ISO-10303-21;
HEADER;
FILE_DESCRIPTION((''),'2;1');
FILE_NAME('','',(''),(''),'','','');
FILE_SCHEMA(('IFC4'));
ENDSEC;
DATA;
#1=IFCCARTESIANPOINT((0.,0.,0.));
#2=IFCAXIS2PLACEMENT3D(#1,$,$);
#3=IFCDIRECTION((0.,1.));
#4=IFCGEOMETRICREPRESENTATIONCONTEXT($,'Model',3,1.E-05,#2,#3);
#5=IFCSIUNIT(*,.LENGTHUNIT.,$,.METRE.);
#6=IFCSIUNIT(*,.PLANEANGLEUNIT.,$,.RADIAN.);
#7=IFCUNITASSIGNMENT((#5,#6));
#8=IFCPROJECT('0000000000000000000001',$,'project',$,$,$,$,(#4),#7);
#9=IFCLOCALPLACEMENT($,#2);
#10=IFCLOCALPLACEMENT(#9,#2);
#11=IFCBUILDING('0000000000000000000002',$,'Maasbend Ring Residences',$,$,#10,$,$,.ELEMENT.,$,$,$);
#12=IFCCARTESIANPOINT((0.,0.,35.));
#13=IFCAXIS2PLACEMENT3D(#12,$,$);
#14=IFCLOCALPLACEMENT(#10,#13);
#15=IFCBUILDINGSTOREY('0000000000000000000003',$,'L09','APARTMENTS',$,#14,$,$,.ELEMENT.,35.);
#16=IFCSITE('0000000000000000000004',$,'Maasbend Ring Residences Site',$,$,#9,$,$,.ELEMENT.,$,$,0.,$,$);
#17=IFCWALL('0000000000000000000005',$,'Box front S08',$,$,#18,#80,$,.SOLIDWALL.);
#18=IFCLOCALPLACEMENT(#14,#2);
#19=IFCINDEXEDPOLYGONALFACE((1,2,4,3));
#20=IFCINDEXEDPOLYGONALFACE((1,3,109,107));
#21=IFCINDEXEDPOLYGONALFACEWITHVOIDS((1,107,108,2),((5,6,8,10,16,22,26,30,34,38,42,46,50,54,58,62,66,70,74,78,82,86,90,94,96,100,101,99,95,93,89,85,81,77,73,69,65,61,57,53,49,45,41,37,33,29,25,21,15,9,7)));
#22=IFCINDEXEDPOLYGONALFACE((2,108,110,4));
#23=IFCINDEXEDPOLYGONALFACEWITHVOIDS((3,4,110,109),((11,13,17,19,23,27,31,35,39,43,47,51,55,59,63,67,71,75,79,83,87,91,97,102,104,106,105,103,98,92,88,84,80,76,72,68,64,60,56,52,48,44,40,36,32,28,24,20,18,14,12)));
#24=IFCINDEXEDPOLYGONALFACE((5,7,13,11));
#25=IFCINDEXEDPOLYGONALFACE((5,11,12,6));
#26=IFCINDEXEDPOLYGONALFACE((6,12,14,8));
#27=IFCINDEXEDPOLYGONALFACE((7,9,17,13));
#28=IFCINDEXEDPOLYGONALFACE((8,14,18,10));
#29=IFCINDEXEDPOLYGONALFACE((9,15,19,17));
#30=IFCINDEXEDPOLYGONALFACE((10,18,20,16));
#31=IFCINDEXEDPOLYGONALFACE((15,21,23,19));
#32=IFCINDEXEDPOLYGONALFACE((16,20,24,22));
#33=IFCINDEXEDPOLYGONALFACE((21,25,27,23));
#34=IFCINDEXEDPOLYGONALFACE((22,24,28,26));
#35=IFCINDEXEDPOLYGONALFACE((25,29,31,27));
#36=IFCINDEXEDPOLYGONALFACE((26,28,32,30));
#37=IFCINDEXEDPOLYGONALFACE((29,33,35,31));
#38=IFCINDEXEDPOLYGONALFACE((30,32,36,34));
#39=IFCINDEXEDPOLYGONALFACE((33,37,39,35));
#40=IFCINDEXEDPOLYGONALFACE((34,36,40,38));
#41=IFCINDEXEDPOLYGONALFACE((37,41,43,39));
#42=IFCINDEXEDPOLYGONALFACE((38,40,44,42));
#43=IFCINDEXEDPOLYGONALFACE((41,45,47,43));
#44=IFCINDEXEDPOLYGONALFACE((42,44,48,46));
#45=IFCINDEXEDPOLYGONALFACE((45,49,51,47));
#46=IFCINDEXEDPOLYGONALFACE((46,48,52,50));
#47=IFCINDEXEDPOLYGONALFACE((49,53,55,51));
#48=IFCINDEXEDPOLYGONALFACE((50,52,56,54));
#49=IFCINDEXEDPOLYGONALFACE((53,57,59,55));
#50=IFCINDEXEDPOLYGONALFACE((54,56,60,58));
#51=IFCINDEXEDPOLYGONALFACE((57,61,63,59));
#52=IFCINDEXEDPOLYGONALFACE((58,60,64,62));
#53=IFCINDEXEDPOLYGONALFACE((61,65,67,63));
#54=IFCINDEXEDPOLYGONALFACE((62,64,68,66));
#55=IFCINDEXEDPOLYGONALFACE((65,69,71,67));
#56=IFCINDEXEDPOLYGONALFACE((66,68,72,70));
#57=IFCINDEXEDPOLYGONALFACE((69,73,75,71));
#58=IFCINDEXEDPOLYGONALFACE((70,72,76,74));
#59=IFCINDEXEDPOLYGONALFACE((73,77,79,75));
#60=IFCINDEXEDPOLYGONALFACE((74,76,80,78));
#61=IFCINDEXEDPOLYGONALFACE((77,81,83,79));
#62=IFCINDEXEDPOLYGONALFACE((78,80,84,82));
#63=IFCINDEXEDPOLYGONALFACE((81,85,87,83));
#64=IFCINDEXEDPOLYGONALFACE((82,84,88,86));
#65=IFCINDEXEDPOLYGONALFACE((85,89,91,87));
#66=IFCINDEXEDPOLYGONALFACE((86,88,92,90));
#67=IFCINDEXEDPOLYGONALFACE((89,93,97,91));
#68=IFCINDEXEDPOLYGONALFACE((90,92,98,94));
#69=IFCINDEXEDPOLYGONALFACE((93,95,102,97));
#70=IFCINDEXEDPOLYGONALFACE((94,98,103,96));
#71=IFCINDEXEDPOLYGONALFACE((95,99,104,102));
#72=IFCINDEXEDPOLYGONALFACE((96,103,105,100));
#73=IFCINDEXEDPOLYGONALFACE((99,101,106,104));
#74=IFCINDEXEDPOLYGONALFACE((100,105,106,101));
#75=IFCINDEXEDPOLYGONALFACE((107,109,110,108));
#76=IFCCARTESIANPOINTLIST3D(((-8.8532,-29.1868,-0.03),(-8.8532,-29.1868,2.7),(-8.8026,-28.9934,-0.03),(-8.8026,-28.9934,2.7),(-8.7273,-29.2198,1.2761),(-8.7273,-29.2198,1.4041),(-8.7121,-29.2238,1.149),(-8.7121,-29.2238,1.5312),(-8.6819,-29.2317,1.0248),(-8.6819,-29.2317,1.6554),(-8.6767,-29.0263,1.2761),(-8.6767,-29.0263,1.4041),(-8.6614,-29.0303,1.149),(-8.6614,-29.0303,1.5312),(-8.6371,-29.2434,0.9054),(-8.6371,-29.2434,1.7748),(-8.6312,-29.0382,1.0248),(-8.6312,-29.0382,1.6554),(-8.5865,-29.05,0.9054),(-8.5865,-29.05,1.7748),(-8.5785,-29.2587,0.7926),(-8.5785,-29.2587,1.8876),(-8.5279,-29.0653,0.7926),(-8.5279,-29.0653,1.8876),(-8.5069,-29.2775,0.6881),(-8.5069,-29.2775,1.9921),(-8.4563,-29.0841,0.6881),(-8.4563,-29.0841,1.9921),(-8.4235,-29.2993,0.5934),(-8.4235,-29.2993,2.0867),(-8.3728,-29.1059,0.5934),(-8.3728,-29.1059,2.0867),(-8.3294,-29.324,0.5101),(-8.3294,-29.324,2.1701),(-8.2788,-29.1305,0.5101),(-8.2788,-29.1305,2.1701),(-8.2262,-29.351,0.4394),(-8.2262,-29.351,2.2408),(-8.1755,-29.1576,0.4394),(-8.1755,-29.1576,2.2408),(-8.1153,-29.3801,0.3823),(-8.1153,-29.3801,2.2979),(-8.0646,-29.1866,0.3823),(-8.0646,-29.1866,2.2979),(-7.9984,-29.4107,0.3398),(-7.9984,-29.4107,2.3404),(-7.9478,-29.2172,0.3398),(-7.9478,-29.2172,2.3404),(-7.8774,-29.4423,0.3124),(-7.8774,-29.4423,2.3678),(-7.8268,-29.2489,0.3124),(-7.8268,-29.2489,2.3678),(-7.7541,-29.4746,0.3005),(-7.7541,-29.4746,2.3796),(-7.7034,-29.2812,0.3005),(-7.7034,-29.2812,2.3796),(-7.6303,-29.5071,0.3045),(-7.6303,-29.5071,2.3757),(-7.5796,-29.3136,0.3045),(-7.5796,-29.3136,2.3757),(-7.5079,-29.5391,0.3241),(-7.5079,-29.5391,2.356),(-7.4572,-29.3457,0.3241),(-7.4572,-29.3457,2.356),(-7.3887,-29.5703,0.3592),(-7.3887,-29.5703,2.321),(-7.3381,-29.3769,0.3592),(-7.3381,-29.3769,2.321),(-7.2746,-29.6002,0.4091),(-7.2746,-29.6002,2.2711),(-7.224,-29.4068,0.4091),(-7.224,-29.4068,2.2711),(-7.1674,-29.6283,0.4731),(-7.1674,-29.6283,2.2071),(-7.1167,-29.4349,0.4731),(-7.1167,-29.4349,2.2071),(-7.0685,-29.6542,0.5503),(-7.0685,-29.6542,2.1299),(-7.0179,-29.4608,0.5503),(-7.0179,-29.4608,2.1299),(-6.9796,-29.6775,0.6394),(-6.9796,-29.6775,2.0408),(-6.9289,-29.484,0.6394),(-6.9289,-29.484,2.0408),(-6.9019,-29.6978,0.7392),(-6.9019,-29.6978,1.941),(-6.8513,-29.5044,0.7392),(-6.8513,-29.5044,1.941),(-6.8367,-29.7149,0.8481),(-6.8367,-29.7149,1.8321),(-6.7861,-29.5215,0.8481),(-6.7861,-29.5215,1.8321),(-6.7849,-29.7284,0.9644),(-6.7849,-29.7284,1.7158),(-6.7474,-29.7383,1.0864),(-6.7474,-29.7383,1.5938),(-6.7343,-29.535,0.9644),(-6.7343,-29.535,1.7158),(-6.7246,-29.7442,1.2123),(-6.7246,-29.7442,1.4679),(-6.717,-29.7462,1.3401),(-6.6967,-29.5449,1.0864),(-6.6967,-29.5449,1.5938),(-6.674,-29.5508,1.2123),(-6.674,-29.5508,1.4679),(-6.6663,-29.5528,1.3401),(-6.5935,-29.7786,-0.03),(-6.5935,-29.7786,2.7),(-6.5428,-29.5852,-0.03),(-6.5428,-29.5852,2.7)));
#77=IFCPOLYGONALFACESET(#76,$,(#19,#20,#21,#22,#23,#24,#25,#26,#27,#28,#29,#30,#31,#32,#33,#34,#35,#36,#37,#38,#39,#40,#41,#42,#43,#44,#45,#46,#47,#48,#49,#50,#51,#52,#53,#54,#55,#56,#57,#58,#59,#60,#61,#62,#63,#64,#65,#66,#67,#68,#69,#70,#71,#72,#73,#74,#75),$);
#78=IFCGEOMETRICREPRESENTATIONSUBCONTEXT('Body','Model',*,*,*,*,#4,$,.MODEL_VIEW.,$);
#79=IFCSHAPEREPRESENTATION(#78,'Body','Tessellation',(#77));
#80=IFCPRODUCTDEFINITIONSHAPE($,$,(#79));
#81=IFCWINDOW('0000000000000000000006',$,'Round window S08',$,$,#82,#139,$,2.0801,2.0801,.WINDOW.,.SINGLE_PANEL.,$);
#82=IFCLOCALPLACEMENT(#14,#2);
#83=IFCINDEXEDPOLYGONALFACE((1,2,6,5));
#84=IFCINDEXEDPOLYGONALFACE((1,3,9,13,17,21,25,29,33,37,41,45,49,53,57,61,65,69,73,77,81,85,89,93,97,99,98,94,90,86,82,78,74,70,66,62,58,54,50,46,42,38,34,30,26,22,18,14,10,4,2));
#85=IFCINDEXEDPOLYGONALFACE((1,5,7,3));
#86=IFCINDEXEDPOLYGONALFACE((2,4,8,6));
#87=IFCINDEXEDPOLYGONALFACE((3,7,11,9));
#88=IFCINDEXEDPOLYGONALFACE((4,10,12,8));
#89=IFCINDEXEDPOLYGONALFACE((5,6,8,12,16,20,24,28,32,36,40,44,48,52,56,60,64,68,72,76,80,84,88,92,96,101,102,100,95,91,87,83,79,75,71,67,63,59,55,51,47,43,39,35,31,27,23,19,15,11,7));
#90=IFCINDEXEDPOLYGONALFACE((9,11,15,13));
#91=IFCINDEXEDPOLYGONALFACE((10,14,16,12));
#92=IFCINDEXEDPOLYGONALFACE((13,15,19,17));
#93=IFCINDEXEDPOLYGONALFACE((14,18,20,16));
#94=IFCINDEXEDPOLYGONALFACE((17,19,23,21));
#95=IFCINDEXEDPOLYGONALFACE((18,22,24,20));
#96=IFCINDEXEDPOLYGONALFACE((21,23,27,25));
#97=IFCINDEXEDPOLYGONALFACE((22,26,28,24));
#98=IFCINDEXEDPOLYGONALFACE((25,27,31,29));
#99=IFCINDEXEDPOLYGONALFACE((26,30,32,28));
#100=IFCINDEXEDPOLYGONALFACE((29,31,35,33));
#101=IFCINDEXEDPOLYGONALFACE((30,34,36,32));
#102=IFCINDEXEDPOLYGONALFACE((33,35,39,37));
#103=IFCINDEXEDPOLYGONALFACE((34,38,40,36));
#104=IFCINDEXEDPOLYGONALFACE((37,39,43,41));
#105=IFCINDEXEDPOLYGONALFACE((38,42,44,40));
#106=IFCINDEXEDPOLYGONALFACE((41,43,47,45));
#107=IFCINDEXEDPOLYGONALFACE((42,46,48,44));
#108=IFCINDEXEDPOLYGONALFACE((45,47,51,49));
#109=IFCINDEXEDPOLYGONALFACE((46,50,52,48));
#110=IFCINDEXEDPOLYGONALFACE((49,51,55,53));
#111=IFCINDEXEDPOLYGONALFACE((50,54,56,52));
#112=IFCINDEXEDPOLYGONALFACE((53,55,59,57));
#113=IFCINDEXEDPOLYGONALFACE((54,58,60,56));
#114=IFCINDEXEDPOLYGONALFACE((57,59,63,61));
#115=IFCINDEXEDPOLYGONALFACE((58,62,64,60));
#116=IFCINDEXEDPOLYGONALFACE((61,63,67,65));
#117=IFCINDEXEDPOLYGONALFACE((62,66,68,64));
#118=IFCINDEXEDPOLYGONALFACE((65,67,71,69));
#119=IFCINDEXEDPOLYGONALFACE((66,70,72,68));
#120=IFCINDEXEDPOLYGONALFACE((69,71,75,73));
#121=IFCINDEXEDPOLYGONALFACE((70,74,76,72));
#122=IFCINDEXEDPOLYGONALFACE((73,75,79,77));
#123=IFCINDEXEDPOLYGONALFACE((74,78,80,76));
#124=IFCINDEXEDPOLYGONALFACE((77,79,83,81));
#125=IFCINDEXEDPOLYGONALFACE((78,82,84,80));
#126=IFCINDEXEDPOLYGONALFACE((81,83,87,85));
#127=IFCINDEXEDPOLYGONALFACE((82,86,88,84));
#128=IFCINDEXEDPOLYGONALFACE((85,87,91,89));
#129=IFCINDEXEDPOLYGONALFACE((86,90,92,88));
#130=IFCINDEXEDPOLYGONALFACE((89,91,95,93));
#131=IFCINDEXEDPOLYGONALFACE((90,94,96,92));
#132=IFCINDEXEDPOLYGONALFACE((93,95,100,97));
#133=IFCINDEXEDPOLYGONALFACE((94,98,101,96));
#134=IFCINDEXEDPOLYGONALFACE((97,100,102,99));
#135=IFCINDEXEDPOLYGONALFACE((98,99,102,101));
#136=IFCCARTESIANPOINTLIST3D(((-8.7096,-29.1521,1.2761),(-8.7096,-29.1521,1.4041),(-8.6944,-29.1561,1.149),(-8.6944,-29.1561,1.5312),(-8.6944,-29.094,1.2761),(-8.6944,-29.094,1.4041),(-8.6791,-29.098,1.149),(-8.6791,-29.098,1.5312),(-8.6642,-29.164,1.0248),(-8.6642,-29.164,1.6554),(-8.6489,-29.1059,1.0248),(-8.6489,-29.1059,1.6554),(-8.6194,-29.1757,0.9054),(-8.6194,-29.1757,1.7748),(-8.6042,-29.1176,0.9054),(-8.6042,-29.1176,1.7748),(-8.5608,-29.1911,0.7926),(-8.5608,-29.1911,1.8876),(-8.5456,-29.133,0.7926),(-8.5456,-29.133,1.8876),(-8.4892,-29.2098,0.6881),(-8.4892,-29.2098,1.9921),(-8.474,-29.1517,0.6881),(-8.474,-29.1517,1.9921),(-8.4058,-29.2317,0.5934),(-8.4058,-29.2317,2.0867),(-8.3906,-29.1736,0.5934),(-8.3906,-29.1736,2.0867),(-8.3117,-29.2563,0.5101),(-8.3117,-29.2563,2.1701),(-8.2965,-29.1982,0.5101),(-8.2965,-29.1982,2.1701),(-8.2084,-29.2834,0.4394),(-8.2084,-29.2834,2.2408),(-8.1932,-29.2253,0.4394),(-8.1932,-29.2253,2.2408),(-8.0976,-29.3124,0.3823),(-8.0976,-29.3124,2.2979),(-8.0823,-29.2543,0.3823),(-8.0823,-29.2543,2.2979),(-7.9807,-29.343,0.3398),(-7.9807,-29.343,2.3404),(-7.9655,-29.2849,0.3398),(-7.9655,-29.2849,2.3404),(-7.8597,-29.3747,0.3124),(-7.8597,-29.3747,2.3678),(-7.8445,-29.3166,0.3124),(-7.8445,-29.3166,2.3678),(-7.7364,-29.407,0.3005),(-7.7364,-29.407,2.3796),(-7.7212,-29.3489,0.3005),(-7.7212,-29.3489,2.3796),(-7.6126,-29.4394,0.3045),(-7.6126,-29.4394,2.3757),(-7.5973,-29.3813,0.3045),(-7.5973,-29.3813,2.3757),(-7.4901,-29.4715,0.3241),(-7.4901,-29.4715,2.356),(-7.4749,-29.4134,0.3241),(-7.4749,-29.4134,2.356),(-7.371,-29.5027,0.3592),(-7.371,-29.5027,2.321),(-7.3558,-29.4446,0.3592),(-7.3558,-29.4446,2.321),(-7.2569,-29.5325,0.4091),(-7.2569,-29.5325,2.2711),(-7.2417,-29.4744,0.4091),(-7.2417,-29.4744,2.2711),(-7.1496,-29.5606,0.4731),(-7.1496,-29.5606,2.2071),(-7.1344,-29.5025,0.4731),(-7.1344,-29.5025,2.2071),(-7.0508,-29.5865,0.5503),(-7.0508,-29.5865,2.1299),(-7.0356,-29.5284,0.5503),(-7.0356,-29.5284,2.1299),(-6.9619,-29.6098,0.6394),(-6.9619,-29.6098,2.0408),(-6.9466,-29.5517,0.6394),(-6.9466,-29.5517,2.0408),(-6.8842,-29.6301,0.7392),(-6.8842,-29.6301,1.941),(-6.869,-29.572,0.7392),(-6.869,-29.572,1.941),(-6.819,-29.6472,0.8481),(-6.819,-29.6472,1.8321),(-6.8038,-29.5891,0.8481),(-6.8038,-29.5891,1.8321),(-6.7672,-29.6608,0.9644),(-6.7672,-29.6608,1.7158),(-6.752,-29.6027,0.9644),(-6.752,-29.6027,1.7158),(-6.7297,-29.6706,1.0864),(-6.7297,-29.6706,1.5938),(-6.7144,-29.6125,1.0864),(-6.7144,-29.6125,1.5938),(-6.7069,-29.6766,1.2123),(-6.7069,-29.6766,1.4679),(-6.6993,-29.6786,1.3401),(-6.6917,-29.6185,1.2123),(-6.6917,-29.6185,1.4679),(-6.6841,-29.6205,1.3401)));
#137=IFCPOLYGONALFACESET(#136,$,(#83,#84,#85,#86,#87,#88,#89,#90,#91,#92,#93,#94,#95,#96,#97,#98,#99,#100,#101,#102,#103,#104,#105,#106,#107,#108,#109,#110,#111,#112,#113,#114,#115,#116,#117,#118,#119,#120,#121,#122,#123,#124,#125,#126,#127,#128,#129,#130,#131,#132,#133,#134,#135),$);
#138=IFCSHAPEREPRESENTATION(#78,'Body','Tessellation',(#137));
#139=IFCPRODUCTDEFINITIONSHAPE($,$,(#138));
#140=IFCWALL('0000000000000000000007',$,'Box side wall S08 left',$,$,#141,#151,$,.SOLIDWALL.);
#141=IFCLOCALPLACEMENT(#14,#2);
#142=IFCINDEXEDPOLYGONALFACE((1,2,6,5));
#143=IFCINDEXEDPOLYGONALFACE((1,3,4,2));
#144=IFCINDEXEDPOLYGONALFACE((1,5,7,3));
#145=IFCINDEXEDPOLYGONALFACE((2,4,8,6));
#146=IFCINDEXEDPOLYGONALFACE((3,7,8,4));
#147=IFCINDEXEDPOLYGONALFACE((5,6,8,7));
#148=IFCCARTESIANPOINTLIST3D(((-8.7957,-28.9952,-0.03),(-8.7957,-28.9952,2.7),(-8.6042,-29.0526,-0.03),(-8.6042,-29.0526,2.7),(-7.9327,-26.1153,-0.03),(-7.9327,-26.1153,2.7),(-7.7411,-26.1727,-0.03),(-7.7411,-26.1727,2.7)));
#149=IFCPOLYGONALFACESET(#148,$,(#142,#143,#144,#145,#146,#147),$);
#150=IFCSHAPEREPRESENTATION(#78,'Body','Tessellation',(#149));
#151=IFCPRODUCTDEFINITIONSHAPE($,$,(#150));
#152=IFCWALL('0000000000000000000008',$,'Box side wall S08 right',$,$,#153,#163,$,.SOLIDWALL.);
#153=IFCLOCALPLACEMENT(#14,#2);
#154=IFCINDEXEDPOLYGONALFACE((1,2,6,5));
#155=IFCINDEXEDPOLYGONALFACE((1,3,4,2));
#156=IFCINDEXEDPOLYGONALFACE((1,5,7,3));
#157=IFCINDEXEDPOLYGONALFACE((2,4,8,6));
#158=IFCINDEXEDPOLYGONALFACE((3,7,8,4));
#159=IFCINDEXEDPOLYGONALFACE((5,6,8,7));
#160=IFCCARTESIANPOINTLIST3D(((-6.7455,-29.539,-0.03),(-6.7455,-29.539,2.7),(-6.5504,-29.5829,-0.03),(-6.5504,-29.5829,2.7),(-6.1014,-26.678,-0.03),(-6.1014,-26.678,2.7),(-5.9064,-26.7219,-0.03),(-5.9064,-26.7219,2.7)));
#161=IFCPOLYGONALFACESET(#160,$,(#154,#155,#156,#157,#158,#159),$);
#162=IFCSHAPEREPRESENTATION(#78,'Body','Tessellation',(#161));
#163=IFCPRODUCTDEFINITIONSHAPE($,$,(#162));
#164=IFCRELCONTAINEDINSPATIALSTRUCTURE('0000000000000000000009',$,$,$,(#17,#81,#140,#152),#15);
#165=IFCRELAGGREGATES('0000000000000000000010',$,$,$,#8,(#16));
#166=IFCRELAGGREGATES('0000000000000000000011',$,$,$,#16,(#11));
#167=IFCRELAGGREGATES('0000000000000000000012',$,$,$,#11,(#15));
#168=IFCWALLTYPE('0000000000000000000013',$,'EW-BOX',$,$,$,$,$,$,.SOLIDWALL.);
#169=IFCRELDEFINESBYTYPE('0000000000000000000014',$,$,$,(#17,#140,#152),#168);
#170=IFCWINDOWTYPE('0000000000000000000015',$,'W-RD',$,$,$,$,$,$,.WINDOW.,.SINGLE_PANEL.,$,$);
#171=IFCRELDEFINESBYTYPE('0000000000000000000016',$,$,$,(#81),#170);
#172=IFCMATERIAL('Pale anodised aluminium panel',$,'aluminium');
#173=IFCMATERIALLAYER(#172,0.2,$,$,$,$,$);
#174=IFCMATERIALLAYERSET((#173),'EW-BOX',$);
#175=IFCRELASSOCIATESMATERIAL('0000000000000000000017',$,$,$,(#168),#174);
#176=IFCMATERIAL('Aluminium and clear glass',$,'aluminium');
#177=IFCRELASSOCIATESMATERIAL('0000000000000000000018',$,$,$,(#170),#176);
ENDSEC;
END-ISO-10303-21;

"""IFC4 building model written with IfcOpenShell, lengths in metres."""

from ifc_helpers import new_model, si_unit, direction, frame, frame_2d, origin, place, context, subcontext, project, spatial, rectangle, circle, extrude, material, layer, layer_set, type_object, element, fill, save


model = new_model("IFC4")

# Units and contexts
model_context = context("Model", 3, precision=1e-05, world=origin(), true_north=direction((0.0, 1.0)))
body_context = subcontext(model_context, "Body", "Model", "MODEL_VIEW")
ifc_project = project(units=[si_unit("LENGTHUNIT", "METRE"), si_unit("PLANEANGLEUNIT", "RADIAN")], contexts=[model_context])

# Site, building, storey
site_placement = place(None, origin())
site = spatial("IfcSite", under=ifc_project, at=site_placement, Name="Maasbend Ring Residences Site", CompositionType="ELEMENT", RefElevation=0.0)
building_placement = place(site_placement, origin())
building = spatial("IfcBuilding", under=site, at=building_placement, Name="Maasbend Ring Residences", CompositionType="ELEMENT")
storey_placement = place(building_placement, frame((0.0, 0.0, 35.0)))
storey = spatial("IfcBuildingStorey", under=building, at=storey_placement, Name="L09", Description="APARTMENTS", CompositionType="ELEMENT", Elevation=35.0)

# Wall, opening, window
ifc_material_1 = material(Name="Pale anodised aluminium panel", Category="aluminium")
ifc_layer_1 = layer(ifc_material_1, 0.2)
ifc_layer_set_1 = layer_set([ifc_layer_1], Name="EW-BOX")
wall_type_1 = type_object("IfcWallType", Name="EW-BOX", PredefinedType="SOLIDWALL", material=ifc_layer_set_1)
wall_1_placement = place(storey_placement, frame((-8.8279, -29.0901, -0.03), z_axis=(0.0, 0.0, 1.0), x_axis=(0.967377, -0.253341, 0.0)))
wall_1 = element("IfcWall", 1, at=wall_1_placement, inside=storey, type_object=wall_type_1, Name="Box front S08", PredefinedType="SOLIDWALL", context=body_context, shape_type="SweptSolid", body=[
    extrude(rectangle(XDim=2.3359, YDim=0.2, at=frame_2d((1.168, 0.0))), origin(), (0.0, 0.0, 1.0), 2.73),
])
opening_1_placement = place(wall_1_placement, frame((0.1282, 0.0, 0.3301)))
opening_1 = element("IfcOpeningElement", 2, at=opening_1_placement, cuts=wall_1, PredefinedType="OPENING", context=body_context, shape_type="SweptSolid", body=[
    extrude(circle(Radius=1.04, at=frame_2d((1.04, 1.04))), frame((0.0, 0.1099, 0.0), z_axis=(0.0, -1.0, 0.0), x_axis=(1.0, 0.0, 0.0)), (0.0, 0.0, 1.0), 0.22),
])
ifc_material_2 = material(Name="Aluminium and clear glass", Category="aluminium")
window_type_1 = type_object("IfcWindowType", Name="W-RD", PartitioningType="SINGLE_PANEL", PredefinedType="WINDOW", material=ifc_material_2)
window_1_placement = place(opening_1_placement, origin())
window_1 = element("IfcWindow", 3, at=window_1_placement, inside=storey, type_object=window_type_1, Name="Round window S08", OverallHeight=2.0801, OverallWidth=2.0801, PartitioningType="SINGLE_PANEL", PredefinedType="WINDOW", context=body_context, shape_type="SweptSolid", body=[
    extrude(circle(Radius=1.04, at=frame_2d((1.04, 1.04))), frame((0.0, 0.03, 0.0), z_axis=(0.0, -1.0, 0.0), x_axis=(1.0, 0.0, 0.0)), (0.0, 0.0, 1.0), 0.0601),
])
fill(opening_1, window_1)

# Walls
wall_2_placement = place(storey_placement, frame((-7.8369, -26.144, -0.03), z_axis=(0.0, 0.0, 1.0), x_axis=(-0.287065, -0.957911, 0.0)))
element("IfcWall", 4, at=wall_2_placement, inside=storey, type_object=wall_type_1, Name="Box side wall S08 left", PredefinedType="SOLIDWALL", context=body_context, shape_type="SweptSolid", body=[
    extrude(rectangle(XDim=3.0063, YDim=0.2, at=frame_2d((1.5032, 0.0))), origin(), (0.0, 0.0, 1.0), 2.73),
])
wall_3_placement = place(storey_placement, frame((-6.0039, -26.7, -0.03), z_axis=(0.0, 0.0, 1.0), x_axis=(-0.219609, -0.975588, 0.0)))
element("IfcWall", 5, at=wall_3_placement, inside=storey, type_object=wall_type_1, Name="Box side wall S08 right", PredefinedType="SOLIDWALL", context=body_context, shape_type="SweptSolid", body=[
    extrude(rectangle(XDim=2.9326, YDim=0.2, at=frame_2d((1.4663, 0.0))), origin(), (0.0, 0.0, 1.0), 2.73),
])

save(model, "model.ifc")
